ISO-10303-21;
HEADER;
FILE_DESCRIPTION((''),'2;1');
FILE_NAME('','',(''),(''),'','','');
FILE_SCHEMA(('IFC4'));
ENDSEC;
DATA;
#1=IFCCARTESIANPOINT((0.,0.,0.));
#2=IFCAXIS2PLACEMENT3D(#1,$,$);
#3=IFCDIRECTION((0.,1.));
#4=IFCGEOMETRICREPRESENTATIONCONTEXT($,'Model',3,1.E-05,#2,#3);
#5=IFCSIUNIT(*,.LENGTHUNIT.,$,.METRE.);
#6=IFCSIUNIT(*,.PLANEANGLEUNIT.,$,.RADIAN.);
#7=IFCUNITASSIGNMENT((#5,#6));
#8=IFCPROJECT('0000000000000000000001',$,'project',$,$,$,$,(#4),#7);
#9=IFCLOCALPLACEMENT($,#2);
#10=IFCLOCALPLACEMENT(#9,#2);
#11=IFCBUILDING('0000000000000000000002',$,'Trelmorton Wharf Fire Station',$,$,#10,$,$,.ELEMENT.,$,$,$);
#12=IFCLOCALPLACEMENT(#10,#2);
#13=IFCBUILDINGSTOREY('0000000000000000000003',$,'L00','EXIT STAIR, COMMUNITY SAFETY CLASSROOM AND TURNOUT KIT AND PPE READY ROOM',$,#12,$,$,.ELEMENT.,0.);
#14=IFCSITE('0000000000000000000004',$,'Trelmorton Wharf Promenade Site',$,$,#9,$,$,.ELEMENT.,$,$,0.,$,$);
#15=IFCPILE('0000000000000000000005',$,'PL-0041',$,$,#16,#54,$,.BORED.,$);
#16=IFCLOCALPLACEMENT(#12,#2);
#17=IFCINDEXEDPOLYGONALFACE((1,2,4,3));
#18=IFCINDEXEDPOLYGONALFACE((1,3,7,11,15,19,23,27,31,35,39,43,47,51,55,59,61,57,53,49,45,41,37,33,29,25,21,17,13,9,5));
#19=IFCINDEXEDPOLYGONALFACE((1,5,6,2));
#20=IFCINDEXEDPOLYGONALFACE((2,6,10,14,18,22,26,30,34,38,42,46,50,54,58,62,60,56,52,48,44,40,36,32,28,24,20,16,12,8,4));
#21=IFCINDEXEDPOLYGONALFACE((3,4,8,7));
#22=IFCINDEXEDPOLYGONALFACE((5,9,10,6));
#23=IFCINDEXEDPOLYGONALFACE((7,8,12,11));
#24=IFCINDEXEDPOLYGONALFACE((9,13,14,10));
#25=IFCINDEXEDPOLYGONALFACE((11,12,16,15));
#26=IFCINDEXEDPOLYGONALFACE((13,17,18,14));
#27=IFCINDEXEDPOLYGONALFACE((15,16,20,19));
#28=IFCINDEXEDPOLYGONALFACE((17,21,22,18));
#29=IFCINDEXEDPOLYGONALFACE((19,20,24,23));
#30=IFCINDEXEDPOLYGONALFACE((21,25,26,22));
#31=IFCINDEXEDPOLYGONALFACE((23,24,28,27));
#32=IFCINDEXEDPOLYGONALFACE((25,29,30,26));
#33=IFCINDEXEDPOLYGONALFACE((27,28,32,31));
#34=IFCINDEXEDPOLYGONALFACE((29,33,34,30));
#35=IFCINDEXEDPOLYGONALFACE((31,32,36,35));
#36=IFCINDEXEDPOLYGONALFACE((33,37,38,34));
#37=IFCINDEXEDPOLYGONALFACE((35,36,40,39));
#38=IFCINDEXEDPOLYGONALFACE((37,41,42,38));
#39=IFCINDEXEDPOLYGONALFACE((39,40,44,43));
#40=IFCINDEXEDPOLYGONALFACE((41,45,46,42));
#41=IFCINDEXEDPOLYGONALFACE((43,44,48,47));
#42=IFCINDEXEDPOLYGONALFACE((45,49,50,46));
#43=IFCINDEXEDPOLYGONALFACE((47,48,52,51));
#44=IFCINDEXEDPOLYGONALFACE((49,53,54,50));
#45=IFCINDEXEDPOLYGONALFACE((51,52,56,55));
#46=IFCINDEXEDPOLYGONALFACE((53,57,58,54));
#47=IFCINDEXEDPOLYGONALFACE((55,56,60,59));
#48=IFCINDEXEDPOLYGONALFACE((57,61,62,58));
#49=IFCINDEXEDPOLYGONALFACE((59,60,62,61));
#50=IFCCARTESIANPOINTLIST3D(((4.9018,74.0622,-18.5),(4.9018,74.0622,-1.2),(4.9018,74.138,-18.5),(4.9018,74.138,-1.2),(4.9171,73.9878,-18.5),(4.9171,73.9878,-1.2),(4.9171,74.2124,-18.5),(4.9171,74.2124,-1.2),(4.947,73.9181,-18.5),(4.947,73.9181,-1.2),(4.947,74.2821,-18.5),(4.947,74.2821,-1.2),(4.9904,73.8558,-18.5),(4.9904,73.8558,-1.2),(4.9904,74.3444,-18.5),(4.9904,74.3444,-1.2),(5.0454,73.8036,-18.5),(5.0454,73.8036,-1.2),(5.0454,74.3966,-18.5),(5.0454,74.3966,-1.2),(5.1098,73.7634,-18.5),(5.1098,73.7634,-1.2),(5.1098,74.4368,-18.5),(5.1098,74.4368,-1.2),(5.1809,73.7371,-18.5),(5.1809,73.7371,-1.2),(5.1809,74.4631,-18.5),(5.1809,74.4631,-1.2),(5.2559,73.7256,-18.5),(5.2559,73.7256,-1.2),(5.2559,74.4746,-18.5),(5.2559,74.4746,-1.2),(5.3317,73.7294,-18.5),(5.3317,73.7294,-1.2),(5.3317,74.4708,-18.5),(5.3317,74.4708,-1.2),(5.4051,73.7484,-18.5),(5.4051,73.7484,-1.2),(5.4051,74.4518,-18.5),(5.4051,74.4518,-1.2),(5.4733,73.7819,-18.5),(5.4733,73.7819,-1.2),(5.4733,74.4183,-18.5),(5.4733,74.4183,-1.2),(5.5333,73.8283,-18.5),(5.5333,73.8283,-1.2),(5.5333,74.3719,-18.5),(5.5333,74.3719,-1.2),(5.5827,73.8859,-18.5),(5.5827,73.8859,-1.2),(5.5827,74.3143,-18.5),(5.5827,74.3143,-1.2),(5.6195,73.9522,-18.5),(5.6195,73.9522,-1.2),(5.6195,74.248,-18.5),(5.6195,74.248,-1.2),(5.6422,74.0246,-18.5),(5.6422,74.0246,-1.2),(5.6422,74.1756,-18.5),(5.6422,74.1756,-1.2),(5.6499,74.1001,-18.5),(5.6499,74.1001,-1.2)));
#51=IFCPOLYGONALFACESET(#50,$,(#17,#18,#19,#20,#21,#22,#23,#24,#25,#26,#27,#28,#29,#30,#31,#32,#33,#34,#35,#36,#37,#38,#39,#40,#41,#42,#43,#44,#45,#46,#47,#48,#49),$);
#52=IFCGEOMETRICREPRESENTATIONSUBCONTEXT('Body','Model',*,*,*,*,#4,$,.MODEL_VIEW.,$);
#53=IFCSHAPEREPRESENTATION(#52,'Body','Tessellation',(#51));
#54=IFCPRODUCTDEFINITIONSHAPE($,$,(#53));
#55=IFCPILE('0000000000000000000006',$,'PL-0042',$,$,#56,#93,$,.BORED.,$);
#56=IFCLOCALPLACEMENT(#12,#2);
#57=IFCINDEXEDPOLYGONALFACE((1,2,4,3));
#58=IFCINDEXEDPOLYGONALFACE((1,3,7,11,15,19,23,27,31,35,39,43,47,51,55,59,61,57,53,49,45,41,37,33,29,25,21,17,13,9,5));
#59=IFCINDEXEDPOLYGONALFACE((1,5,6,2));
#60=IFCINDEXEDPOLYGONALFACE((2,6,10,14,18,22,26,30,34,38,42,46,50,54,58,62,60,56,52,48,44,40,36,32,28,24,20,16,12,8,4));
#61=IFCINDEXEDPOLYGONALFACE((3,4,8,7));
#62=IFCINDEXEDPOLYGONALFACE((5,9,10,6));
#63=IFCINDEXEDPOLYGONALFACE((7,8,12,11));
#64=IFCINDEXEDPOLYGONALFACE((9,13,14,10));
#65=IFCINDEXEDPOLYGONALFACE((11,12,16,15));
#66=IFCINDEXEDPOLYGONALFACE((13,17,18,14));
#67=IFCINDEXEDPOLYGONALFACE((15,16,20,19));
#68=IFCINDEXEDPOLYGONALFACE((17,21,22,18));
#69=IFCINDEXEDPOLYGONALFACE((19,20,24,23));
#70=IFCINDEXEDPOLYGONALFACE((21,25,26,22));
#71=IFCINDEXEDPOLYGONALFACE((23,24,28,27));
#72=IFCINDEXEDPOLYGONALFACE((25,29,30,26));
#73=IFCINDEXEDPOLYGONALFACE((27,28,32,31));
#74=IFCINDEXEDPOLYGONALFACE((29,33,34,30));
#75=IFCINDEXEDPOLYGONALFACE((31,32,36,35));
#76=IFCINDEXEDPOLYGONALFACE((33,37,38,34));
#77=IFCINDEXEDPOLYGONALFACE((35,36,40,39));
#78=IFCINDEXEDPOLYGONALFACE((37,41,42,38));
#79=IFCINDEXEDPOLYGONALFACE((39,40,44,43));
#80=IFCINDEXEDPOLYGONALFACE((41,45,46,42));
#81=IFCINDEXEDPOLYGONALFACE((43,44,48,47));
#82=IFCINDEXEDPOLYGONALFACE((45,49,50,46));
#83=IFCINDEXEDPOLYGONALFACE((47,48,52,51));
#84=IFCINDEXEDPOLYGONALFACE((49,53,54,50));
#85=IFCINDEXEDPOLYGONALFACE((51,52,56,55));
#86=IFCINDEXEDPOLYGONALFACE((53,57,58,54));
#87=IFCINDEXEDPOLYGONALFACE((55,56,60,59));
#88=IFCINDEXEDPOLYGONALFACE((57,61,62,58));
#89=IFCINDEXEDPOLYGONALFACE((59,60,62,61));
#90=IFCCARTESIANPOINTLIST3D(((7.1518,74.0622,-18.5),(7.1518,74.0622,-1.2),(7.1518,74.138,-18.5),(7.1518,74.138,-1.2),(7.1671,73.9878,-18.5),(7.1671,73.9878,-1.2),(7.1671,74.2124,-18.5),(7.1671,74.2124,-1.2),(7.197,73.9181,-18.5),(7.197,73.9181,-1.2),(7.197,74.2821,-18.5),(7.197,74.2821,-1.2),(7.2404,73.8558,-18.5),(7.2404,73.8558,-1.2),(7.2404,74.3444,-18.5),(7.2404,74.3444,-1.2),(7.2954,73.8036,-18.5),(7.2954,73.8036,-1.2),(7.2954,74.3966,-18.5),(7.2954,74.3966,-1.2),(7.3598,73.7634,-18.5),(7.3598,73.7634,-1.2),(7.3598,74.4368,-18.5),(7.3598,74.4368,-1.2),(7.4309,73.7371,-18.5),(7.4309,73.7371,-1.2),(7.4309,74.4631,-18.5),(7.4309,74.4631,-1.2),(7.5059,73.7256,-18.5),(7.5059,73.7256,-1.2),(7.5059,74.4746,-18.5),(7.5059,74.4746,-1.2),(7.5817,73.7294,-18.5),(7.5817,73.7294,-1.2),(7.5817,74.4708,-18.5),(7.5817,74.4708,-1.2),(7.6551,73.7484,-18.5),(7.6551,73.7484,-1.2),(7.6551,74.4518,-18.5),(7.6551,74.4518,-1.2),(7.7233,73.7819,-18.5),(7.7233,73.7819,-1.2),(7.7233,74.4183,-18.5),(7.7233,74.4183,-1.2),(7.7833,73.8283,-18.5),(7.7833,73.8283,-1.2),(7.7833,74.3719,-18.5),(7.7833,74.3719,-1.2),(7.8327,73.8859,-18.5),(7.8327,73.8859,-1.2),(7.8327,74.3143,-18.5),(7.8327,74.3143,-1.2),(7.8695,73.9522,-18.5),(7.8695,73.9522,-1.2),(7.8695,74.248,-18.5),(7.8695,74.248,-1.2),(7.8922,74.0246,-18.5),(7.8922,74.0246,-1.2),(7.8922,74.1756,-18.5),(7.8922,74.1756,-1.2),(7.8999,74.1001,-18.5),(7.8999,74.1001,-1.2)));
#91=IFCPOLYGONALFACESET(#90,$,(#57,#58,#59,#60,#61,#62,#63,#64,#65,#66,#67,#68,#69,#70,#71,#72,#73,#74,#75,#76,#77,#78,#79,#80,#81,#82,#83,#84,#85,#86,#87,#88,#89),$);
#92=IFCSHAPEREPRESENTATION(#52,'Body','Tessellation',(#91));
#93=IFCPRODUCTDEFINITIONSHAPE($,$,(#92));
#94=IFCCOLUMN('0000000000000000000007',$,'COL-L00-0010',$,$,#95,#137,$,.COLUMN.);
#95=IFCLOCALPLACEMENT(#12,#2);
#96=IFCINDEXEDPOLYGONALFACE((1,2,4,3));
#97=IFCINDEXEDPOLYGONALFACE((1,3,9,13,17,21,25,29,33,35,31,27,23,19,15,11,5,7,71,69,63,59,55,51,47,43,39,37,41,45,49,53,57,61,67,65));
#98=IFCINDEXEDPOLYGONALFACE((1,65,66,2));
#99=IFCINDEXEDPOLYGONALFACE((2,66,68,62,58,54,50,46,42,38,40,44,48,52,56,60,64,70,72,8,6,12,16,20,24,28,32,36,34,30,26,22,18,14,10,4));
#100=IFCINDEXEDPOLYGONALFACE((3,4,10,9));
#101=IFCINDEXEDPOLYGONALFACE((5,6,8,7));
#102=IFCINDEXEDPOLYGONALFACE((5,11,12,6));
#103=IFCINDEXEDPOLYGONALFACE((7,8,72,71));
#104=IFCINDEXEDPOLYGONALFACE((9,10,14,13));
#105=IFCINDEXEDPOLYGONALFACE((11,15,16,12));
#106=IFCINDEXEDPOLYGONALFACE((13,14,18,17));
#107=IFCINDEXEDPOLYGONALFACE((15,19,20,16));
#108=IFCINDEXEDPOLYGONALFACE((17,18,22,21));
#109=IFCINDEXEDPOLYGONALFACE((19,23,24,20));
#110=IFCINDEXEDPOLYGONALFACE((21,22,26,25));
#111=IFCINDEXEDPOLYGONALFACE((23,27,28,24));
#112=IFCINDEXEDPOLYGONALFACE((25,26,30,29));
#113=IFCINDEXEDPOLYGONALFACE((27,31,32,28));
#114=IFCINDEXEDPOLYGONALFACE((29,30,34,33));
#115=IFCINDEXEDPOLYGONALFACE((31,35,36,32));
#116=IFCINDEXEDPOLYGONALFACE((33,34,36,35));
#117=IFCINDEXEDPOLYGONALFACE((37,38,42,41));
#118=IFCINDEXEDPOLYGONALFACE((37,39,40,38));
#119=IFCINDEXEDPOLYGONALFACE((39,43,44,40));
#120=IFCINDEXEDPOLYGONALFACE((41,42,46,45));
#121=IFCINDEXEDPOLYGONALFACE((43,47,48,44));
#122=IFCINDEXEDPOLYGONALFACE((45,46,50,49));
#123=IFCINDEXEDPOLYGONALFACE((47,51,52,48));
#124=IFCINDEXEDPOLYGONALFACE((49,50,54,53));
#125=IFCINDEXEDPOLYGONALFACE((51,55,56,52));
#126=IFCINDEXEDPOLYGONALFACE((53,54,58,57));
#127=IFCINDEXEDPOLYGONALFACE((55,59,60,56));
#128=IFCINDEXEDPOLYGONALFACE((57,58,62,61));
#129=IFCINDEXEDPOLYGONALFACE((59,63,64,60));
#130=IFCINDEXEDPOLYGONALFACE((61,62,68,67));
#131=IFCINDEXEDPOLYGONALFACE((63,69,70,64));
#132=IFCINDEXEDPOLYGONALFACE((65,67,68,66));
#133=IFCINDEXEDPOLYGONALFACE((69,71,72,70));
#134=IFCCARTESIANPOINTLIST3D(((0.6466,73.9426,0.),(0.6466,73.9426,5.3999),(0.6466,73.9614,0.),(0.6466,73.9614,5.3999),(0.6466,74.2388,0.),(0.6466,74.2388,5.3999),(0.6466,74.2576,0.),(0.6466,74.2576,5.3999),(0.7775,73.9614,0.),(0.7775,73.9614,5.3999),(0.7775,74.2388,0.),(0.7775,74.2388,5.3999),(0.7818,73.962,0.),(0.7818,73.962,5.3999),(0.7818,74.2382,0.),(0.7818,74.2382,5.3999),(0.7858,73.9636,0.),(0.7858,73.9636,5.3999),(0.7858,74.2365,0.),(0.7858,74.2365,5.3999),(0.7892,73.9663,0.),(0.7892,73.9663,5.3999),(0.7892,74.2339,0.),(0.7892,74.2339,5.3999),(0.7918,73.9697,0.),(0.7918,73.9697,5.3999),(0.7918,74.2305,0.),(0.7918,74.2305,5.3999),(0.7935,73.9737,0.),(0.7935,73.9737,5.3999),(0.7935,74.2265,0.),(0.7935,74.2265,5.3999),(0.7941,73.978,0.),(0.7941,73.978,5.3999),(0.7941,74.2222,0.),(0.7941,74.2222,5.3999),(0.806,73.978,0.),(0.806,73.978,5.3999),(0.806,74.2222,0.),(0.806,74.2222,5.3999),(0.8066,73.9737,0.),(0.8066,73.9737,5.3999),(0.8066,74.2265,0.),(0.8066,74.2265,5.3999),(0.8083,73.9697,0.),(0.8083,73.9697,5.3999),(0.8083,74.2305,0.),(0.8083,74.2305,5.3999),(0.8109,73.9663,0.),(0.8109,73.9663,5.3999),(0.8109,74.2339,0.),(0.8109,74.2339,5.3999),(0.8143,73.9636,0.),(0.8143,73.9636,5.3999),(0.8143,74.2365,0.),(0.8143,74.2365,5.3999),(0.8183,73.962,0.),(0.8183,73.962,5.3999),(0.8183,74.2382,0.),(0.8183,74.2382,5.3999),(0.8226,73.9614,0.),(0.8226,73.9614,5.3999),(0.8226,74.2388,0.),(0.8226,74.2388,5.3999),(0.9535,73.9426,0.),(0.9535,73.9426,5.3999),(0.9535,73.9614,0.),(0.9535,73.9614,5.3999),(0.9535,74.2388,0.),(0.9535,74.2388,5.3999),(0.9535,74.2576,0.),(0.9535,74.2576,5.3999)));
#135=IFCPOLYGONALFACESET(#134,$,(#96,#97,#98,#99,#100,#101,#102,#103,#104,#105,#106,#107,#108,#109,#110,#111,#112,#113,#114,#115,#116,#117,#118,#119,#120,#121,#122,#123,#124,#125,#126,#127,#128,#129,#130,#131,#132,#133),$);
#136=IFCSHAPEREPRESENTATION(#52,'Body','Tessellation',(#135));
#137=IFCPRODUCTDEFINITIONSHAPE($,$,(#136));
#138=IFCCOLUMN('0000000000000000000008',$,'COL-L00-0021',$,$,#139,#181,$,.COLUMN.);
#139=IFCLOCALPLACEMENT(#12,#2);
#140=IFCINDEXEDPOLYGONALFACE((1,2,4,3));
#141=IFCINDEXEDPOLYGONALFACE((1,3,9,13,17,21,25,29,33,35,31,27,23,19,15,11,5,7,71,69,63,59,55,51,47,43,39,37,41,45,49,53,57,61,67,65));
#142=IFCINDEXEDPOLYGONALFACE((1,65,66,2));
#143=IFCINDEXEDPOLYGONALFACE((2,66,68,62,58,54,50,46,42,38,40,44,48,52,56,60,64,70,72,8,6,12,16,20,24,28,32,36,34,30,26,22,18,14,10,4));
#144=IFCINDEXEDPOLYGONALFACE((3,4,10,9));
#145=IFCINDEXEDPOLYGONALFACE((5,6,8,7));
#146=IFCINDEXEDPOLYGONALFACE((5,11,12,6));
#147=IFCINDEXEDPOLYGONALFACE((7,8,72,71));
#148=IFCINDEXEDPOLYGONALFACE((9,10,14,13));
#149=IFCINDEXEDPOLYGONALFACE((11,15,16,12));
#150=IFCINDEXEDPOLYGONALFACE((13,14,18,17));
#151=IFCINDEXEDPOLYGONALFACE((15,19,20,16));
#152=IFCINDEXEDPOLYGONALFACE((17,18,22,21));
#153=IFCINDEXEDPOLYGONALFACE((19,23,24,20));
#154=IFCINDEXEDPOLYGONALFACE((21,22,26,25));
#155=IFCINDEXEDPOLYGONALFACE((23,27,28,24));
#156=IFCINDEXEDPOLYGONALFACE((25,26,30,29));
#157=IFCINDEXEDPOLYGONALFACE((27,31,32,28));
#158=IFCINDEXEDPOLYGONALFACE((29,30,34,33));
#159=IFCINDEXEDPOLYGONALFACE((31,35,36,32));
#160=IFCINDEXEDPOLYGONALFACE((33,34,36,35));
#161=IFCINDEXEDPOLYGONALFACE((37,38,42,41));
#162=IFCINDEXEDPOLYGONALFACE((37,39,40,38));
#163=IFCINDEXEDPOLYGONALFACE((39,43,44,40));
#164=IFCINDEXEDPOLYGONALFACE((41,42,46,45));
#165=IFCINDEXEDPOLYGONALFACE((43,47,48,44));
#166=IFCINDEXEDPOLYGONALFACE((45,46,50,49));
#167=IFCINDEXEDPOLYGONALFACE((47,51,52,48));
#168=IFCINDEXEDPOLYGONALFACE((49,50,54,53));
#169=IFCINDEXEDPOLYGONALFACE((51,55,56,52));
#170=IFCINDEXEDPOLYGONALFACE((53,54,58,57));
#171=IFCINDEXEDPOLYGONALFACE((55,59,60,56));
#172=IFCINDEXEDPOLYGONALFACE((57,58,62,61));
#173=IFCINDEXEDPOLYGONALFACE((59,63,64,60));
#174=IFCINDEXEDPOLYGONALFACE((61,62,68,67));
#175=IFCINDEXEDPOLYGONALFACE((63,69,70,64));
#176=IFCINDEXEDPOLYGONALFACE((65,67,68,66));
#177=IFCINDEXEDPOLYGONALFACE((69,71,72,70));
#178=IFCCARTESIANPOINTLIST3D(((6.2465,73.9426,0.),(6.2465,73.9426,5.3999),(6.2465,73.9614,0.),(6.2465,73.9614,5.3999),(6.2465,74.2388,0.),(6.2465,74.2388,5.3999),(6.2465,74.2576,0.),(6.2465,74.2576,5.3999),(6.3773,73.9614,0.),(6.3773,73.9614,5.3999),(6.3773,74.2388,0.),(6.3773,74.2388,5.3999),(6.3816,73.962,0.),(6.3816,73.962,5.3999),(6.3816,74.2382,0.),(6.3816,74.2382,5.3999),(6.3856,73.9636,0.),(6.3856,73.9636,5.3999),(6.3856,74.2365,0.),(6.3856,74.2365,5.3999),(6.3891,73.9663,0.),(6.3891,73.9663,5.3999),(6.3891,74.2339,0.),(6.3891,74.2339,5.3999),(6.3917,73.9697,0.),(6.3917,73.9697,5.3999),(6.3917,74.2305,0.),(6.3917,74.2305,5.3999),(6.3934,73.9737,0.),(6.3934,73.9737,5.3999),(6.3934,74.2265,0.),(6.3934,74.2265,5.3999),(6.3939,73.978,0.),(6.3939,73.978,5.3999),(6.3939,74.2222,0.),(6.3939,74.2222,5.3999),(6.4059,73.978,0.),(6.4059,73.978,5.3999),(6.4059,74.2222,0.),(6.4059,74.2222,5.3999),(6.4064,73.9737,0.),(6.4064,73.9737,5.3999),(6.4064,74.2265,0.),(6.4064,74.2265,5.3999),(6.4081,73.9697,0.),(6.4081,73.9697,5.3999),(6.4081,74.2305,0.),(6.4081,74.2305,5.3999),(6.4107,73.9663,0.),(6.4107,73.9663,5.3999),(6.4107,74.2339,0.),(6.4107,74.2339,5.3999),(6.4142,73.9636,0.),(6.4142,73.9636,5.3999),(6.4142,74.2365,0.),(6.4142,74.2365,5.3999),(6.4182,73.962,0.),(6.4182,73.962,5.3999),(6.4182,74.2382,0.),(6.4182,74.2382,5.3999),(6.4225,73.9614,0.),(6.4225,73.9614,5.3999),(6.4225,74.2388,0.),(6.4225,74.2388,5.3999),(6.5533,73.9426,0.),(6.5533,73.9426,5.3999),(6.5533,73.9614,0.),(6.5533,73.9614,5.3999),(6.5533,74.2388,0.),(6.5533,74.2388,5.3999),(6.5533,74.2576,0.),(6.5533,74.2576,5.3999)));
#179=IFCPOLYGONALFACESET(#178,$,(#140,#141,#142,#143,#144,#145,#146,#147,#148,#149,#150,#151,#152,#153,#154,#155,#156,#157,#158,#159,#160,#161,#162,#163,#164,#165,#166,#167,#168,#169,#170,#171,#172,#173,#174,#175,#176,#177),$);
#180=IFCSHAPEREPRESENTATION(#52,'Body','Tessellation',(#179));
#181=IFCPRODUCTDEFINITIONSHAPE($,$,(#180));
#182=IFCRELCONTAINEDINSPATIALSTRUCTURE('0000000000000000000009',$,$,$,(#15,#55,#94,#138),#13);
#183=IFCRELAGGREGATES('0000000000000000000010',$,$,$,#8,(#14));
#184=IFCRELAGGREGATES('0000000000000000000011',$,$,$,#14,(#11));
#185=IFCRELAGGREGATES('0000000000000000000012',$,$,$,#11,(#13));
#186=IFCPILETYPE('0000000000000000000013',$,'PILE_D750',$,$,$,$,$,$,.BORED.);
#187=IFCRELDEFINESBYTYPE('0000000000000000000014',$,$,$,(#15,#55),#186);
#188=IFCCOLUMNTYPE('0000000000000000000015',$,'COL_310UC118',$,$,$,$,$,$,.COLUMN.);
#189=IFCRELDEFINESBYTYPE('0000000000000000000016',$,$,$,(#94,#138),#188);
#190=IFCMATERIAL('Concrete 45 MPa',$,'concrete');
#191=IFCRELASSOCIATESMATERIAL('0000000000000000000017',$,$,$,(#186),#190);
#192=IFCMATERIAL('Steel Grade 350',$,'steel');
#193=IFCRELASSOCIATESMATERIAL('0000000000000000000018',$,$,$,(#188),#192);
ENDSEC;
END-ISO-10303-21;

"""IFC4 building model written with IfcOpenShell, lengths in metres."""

from ifc_helpers import new_model, si_unit, direction, frame, origin, origin_2d, place, context, subcontext, project, spatial, circle, i_section, extrude, material, material_profile, profile_set, type_object, element, save


model = new_model("IFC4")

# Units and contexts
model_context = context("Model", 3, precision=1e-05, world=origin(), true_north=direction((0.0, 1.0)))
body_context = subcontext(model_context, "Body", "Model", "MODEL_VIEW")
ifc_project = project(units=[si_unit("LENGTHUNIT", "METRE"), si_unit("PLANEANGLEUNIT", "RADIAN")], contexts=[model_context])

# Site, building, storey
site_placement = place(None, origin())
site = spatial("IfcSite", under=ifc_project, at=site_placement, Name="Trelmorton Wharf Promenade Site", CompositionType="ELEMENT", RefElevation=0.0)
building_placement = place(site_placement, origin())
building = spatial("IfcBuilding", under=site, at=building_placement, Name="Trelmorton Wharf Fire Station", CompositionType="ELEMENT")
storey_placement = place(building_placement, origin())
storey = spatial("IfcBuildingStorey", under=building, at=storey_placement, Name="L00", Description="EXIT STAIR, COMMUNITY SAFETY CLASSROOM AND TURNOUT KIT AND PPE READY ROOM", CompositionType="ELEMENT", Elevation=0.0)

# Piles
ifc_material_1 = material(Name="Concrete 45 MPa", Category="concrete")
ifc_material_profile_1 = material_profile(ifc_material_1, circle(Radius=0.375, at=origin_2d()), Name="PILE-D750")
ifc_profile_set_1 = profile_set([ifc_material_profile_1], Name="Concrete 45 MPa")
pile_type = type_object("IfcPileType", Name="PILE_D750", PredefinedType="BORED", material=ifc_profile_set_1)
for number, where, z_axis, x_axis, name in (
    (1, (5.2749, 74.1001, -1.2), (0.0, 0.0, -1.0), (1.0, 0.0, 0.0), "PL-0041"),
    (2, (7.5249, 74.1001, -1.2), (0.0, 0.0, -1.0), (1.0, 0.0, 0.0), "PL-0042"),
):
    element("IfcPile", number, at=place(storey_placement, frame(where, z_axis=z_axis, x_axis=x_axis)), inside=storey, type_object=pile_type, Name=name, PredefinedType="BORED", context=body_context, shape_type="SweptSolid", body=[
        extrude(circle(Radius=0.375, at=origin_2d()), origin(), (0.0, 0.0, 1.0), 17.3),
    ])

# Columns
ifc_material_2 = material(Name="Steel Grade 350", Category="steel")
ifc_material_profile_2 = material_profile(ifc_material_2, i_section(OverallWidth=0.3069, OverallDepth=0.3149, WebThickness=0.012, FlangeThickness=0.0188, FilletRadius=0.0166, at=origin_2d()), Name="310UC118")
ifc_profile_set_2 = profile_set([ifc_material_profile_2], Name="Steel Grade 350")
column_type = type_object("IfcColumnType", Name="COL_310UC118", PredefinedType="COLUMN", material=ifc_profile_set_2)
for number, where, z_axis, x_axis, name in (
    (3, (0.8, 74.1001, 0.0), (0.0, 0.0, 1.0), (1.0, 0.0, 0.0), "COL-L00-0010"),
    (4, (6.3999, 74.1001, 0.0), (0.0, 0.0, 1.0), (1.0, 0.0, 0.0), "COL-L00-0021"),
):
    element("IfcColumn", number, at=place(storey_placement, frame(where, z_axis=z_axis, x_axis=x_axis)), inside=storey, type_object=column_type, Name=name, PredefinedType="COLUMN", context=body_context, shape_type="SweptSolid", body=[
        extrude(i_section(OverallWidth=0.3069, OverallDepth=0.3149, WebThickness=0.012, FlangeThickness=0.0188, FilletRadius=0.0166, at=origin_2d()), origin(), (0.0, 0.0, 1.0), 5.3999),
    ])

save(model, "model.ifc")
